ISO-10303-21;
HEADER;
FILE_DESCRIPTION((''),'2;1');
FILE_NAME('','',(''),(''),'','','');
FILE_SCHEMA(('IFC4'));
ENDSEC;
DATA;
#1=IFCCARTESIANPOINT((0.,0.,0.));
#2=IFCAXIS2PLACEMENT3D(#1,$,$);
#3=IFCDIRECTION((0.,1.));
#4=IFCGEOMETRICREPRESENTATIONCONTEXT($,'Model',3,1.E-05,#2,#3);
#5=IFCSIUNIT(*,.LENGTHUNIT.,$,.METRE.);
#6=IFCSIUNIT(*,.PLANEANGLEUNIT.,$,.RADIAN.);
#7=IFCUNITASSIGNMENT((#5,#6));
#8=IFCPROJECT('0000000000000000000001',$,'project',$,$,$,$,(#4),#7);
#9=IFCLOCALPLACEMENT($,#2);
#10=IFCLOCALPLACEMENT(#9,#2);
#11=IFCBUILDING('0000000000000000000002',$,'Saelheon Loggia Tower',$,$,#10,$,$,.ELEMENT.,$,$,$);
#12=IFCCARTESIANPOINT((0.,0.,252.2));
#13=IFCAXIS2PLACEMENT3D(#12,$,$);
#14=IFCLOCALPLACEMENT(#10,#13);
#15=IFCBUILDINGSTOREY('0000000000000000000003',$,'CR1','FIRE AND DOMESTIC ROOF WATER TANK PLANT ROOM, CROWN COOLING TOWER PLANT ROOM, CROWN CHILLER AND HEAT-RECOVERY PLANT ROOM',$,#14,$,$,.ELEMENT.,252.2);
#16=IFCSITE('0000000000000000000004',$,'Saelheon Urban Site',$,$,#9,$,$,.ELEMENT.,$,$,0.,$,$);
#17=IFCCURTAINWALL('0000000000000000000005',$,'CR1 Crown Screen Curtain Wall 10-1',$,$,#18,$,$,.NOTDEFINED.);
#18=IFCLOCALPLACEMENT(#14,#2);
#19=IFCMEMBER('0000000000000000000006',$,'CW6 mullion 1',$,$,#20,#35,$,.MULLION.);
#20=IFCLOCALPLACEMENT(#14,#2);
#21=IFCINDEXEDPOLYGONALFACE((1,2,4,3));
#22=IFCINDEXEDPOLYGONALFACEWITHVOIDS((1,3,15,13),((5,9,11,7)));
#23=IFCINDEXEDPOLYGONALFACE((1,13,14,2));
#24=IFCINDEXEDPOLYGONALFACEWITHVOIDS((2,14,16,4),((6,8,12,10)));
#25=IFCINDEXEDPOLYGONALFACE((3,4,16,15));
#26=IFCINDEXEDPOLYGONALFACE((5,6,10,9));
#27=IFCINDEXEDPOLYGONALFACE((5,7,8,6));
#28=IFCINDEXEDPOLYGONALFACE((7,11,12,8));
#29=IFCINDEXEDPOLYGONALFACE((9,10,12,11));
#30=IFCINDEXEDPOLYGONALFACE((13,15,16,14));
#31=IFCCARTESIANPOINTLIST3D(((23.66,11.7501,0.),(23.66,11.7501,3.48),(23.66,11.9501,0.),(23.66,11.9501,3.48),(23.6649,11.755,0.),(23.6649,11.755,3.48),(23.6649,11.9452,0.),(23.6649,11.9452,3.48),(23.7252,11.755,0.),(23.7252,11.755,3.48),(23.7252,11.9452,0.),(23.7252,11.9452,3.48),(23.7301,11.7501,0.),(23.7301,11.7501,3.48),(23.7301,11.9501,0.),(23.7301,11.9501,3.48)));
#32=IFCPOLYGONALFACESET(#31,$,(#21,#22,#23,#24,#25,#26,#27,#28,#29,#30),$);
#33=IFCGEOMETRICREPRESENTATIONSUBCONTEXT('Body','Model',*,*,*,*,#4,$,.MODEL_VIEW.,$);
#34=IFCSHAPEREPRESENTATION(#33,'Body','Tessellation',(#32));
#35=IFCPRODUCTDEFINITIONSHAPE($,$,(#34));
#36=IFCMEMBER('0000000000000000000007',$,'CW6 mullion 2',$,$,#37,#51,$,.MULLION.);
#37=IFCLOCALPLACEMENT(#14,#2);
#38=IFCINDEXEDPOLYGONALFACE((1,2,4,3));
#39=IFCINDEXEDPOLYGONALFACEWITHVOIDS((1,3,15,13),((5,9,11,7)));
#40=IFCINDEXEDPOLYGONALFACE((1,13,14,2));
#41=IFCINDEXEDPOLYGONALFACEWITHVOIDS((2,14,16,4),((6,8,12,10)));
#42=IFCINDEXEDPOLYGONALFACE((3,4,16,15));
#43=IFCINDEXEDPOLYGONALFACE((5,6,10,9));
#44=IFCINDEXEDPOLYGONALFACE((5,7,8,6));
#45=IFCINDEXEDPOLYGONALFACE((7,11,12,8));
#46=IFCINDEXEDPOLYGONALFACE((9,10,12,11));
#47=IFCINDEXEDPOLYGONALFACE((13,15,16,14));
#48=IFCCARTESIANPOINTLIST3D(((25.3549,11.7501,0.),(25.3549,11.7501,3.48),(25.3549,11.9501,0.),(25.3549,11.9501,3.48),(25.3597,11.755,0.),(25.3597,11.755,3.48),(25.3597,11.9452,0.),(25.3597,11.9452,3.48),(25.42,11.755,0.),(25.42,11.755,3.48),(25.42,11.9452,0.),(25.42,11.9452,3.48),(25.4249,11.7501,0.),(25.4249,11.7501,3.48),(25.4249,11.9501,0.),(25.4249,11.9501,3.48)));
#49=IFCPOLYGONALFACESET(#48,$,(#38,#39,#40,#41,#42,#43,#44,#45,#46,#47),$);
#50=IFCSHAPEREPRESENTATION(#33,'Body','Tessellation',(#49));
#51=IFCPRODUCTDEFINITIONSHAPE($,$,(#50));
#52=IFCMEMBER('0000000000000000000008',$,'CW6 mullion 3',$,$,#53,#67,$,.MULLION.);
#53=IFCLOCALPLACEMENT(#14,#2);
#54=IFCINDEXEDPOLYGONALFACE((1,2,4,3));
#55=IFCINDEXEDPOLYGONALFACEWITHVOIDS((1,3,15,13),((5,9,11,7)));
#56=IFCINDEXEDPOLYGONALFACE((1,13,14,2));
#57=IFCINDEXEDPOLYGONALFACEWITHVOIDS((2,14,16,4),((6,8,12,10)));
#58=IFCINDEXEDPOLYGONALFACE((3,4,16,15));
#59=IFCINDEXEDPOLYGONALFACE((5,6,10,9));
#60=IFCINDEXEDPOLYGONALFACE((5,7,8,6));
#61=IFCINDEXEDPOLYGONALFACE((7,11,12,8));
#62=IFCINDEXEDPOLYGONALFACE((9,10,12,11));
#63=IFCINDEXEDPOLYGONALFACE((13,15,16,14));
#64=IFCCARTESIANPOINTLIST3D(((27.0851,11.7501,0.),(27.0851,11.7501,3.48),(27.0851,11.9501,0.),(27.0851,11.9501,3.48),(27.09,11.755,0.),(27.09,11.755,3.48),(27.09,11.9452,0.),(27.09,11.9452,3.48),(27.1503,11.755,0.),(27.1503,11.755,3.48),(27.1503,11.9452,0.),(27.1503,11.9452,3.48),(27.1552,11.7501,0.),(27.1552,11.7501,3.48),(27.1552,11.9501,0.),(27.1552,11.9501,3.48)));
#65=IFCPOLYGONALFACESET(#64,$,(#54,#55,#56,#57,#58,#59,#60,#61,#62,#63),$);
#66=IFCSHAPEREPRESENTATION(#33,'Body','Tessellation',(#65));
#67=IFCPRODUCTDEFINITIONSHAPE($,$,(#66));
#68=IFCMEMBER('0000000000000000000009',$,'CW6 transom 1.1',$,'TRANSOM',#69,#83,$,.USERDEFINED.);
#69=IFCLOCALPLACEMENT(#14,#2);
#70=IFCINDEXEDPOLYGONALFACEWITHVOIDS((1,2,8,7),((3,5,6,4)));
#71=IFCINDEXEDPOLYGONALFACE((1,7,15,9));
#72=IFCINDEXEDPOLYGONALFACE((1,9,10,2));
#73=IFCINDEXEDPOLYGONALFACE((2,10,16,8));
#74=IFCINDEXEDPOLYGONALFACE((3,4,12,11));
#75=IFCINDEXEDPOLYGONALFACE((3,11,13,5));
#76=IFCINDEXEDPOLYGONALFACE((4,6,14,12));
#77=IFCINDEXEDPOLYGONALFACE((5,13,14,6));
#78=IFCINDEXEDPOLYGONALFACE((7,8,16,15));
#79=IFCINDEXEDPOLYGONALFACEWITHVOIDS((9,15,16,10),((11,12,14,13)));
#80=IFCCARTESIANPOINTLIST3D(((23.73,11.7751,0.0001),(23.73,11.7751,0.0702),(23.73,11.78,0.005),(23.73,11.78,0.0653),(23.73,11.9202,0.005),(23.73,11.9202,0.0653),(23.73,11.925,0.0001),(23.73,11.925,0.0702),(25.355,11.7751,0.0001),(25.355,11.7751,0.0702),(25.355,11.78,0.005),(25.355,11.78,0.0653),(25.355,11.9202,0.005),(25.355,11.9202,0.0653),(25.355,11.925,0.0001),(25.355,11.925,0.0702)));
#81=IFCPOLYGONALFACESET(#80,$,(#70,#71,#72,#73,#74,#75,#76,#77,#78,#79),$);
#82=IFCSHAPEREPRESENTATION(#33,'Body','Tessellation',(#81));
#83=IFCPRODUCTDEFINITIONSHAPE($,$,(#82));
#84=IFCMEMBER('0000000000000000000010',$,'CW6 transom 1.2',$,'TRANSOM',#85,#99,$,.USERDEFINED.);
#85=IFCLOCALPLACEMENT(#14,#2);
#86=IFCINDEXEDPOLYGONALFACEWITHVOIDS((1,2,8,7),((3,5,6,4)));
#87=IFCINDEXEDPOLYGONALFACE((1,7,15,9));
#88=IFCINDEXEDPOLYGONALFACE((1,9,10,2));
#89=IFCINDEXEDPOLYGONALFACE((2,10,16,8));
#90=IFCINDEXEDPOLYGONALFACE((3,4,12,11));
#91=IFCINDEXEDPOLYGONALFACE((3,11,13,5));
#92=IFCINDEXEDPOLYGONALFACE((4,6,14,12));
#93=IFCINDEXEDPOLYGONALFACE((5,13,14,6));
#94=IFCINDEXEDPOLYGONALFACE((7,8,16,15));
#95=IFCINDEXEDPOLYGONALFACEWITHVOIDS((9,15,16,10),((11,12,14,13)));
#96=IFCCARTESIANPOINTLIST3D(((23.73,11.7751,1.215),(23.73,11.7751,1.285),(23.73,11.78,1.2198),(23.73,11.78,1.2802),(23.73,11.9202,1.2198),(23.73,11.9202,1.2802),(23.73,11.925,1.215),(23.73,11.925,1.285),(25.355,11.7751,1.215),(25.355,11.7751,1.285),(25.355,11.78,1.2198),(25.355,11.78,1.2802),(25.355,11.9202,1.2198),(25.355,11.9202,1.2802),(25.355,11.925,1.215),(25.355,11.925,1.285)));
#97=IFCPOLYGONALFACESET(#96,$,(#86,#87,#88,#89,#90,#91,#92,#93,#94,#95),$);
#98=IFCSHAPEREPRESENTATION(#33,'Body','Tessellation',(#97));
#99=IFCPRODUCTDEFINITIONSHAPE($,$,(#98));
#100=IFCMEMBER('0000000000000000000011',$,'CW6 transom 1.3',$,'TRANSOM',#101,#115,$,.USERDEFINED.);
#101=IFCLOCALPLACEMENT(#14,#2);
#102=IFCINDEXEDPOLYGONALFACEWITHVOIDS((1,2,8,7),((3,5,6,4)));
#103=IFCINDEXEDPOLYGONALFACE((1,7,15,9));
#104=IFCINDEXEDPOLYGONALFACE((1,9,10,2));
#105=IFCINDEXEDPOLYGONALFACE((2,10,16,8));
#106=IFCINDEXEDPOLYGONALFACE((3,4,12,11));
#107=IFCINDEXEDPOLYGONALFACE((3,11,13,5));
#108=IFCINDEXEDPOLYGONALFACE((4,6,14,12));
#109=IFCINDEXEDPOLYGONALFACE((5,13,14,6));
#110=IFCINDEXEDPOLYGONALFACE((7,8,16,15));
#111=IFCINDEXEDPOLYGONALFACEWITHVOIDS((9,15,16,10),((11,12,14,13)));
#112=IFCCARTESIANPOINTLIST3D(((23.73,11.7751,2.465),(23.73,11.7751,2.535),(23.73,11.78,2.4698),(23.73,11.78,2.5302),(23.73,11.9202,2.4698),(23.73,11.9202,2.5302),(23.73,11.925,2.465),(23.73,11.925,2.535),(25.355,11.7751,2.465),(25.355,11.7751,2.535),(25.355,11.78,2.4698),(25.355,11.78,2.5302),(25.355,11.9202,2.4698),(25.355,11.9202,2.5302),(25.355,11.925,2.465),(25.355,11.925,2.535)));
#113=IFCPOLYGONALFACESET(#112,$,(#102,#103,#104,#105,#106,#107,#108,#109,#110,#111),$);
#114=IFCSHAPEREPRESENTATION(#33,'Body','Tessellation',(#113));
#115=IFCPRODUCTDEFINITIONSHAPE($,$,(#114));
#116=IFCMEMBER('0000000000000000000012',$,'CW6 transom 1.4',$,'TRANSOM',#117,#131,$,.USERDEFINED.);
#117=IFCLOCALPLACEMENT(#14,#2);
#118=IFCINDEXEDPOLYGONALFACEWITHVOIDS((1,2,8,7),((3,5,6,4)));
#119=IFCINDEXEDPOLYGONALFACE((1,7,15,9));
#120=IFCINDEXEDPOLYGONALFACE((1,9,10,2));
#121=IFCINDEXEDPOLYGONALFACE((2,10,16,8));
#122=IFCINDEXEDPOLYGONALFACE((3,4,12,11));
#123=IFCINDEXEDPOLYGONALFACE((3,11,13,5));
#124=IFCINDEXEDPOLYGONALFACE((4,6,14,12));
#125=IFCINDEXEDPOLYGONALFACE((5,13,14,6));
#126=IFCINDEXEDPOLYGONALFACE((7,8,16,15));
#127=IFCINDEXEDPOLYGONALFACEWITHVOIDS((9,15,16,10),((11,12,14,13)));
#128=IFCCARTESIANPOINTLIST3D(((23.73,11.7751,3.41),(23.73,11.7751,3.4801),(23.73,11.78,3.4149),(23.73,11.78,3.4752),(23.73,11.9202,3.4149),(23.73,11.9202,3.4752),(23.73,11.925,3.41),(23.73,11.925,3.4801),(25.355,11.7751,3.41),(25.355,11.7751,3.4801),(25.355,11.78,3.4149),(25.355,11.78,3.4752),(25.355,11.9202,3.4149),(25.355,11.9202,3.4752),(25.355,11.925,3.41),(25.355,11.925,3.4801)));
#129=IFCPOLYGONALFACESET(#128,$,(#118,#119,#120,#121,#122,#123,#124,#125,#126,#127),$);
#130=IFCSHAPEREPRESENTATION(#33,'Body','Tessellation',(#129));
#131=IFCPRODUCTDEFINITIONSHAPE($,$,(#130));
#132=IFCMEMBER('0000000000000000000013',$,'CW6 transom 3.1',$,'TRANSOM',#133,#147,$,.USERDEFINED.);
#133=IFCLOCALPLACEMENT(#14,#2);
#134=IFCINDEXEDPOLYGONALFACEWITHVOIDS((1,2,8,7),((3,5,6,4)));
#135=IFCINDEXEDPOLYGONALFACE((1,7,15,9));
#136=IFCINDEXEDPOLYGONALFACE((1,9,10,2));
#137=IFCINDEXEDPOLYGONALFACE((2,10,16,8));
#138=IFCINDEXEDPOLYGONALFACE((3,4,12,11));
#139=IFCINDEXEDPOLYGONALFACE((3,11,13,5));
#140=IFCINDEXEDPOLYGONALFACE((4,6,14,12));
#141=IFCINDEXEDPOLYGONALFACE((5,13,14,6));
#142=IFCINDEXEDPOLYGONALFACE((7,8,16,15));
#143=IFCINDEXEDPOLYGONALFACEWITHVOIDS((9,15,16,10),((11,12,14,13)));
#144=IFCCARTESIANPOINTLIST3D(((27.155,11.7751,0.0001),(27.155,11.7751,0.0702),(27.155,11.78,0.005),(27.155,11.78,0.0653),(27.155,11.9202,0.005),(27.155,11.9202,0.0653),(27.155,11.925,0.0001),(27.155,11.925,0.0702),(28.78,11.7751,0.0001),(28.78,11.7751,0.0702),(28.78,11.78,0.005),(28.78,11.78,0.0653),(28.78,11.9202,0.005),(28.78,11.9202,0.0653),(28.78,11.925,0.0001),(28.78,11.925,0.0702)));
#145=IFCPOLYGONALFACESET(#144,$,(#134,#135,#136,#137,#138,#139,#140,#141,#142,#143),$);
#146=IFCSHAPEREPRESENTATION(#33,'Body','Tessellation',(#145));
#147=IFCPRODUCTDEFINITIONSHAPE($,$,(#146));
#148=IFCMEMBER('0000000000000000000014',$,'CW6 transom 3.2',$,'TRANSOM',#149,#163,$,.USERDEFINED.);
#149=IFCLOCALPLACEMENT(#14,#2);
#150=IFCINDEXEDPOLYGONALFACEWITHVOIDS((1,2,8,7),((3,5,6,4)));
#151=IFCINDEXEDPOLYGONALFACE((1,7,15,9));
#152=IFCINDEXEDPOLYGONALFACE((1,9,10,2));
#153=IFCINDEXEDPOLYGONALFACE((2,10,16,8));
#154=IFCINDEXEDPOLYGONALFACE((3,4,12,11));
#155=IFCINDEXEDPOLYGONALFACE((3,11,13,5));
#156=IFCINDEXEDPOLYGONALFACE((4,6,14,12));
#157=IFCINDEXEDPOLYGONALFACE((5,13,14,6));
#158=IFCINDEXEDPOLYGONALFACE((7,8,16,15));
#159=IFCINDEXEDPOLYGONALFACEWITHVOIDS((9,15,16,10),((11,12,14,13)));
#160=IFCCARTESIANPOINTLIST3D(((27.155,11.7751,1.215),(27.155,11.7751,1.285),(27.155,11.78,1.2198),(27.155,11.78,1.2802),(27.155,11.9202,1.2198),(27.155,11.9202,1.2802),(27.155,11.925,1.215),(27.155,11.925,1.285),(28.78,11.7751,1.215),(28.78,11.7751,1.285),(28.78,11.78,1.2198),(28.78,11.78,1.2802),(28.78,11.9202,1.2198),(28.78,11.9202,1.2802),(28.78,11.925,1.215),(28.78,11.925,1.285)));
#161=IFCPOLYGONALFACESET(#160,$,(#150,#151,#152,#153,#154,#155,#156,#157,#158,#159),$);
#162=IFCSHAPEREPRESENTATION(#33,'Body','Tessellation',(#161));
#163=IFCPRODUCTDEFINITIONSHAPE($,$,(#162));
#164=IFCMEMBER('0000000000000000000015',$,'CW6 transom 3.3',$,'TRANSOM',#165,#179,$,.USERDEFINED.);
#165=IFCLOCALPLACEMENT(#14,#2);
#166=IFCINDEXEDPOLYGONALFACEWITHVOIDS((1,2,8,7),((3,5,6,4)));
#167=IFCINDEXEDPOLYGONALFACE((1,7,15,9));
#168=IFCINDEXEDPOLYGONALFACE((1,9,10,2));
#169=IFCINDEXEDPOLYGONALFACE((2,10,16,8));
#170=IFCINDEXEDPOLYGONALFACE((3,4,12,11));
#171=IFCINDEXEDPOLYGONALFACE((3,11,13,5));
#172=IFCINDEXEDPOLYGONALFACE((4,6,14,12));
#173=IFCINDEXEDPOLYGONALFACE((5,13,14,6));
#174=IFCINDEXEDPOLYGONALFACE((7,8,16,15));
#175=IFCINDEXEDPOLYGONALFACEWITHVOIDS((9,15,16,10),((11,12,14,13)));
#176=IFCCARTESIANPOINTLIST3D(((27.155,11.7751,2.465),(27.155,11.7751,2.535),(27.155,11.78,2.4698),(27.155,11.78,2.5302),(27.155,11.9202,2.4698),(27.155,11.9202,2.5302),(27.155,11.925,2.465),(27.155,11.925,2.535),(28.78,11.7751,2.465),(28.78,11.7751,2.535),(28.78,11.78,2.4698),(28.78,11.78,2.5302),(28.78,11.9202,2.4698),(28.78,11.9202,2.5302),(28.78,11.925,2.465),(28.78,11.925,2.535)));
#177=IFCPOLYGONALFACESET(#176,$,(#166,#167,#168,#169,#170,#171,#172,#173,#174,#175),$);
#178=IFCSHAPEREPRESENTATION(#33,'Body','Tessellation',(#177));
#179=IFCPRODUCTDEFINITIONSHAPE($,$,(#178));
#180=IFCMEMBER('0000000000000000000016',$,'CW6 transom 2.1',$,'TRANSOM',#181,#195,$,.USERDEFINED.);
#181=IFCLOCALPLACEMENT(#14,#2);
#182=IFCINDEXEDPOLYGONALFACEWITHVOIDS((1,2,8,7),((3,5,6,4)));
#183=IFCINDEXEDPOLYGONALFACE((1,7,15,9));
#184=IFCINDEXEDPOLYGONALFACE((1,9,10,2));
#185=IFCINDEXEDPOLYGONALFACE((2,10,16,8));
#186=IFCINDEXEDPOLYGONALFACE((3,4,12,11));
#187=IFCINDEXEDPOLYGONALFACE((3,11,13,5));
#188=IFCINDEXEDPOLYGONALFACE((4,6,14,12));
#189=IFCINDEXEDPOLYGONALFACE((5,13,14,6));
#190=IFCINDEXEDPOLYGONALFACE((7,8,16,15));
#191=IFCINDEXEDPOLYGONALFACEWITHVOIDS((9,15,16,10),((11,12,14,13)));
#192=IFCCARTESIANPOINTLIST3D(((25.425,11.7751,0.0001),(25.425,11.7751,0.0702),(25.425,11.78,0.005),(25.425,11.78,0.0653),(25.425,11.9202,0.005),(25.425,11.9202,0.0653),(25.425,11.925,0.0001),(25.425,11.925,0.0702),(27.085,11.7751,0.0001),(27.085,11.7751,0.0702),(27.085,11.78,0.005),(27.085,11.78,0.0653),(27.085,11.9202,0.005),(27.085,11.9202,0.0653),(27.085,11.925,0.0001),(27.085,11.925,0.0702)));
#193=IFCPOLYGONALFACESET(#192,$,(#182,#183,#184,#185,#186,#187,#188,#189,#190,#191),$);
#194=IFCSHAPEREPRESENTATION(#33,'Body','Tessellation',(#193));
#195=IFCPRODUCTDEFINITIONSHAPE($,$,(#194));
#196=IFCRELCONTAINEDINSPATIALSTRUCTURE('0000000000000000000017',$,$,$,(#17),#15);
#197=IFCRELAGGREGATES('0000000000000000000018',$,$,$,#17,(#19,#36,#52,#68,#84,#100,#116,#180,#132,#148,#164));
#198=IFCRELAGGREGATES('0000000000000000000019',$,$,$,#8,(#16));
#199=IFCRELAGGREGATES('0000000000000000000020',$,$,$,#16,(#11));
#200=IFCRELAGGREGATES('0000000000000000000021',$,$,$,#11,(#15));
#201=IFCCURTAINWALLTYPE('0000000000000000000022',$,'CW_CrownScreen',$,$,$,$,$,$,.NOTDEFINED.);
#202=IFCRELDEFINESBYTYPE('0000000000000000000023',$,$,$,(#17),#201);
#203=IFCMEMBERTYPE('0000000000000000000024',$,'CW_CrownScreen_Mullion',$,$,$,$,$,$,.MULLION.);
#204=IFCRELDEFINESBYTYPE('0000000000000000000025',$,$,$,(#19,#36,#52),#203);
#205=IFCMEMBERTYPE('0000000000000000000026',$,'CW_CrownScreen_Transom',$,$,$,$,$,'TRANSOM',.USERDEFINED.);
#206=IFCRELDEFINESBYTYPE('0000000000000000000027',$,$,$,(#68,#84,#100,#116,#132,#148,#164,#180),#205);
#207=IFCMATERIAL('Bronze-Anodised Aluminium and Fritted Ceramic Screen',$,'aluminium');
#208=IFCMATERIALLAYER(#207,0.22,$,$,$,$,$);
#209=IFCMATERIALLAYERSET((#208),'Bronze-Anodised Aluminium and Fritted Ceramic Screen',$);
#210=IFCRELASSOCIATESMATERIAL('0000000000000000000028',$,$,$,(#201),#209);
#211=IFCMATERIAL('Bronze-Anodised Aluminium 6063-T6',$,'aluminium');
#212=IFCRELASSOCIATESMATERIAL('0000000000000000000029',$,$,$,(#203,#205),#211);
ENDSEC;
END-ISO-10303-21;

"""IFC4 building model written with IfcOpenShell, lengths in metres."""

from ifc_helpers import new_model, si_unit, direction, frame, origin, origin_2d, place, context, subcontext, project, spatial, hollow_rectangle, extrude, source, transform, mapped, material, layer, layer_set, material_profile, profile_set, type_object, element, aggregate, save


model = new_model("IFC4")

# Units and contexts
model_context = context("Model", 3, precision=1e-05, world=origin(), true_north=direction((0.0, 1.0)))
body_context = subcontext(model_context, "Body", "Model", "MODEL_VIEW")
ifc_project = project(units=[si_unit("LENGTHUNIT", "METRE"), si_unit("PLANEANGLEUNIT", "RADIAN")], contexts=[model_context])

# Site, building, storey
site_placement = place(None, origin())
site = spatial("IfcSite", under=ifc_project, at=site_placement, Name="Saelheon Urban Site", CompositionType="ELEMENT", RefElevation=0.0)
building_placement = place(site_placement, origin())
building = spatial("IfcBuilding", under=site, at=building_placement, Name="Saelheon Loggia Tower", CompositionType="ELEMENT")
storey_placement = place(building_placement, frame((0.0, 0.0, 252.2)))
storey = spatial("IfcBuildingStorey", under=building, at=storey_placement, Name="CR1", Description="FIRE AND DOMESTIC ROOF WATER TANK PLANT ROOM, CROWN COOLING TOWER PLANT ROOM, CROWN CHILLER AND HEAT-RECOVERY PLANT ROOM", CompositionType="ELEMENT", Elevation=252.2)

# Curtain wall, members
ifc_material_1 = material(Name="Bronze-Anodised Aluminium and Fritted Ceramic Screen", Category="aluminium")
ifc_layer_1 = layer(ifc_material_1, 0.22)
ifc_layer_set_1 = layer_set([ifc_layer_1], Name="Bronze-Anodised Aluminium and Fritted Ceramic Screen")
curtain_wall_type = type_object("IfcCurtainWallType", Name="CW_CrownScreen", PredefinedType="NOTDEFINED", material=ifc_layer_set_1)
curtain_wall_placement = place(storey_placement, origin())
curtain_wall = element("IfcCurtainWall", 1, at=curtain_wall_placement, inside=storey, type_object=curtain_wall_type, Name="CR1 Crown Screen Curtain Wall 10-1", PredefinedType="NOTDEFINED")
ifc_material_2 = material(Name="Bronze-Anodised Aluminium 6063-T6", Category="aluminium")
ifc_material_profile_1 = material_profile(ifc_material_2, hollow_rectangle(XDim=0.0701, YDim=0.2, WallThickness=0.0049, at=origin_2d()), Name="RHS-200x70x5")
ifc_profile_set_1 = profile_set([ifc_material_profile_1], Name="Bronze-Anodised Aluminium 6063-T6")
member_type_1 = type_object("IfcMemberType", Name="CW_CrownScreen_Mullion", PredefinedType="MULLION", material=ifc_profile_set_1)
shared_shape_1 = source(origin(), body_context, "Body", "SweptSolid", [
    extrude(hollow_rectangle(XDim=0.0701, YDim=0.2, WallThickness=0.0049, at=origin_2d()), origin(), (0.0, 0.0, 1.0), 3.48),
])
member_1_placement = place(storey_placement, frame((23.6951, 11.8501, 0.0), z_axis=(0.0, 0.0, 1.0), x_axis=(1.0, 0.0, 0.0)))
member_1 = element("IfcMember", 2, at=member_1_placement, type_object=member_type_1, Name="CW6 mullion 1", PredefinedType="MULLION", context=body_context, shape_type="MappedRepresentation", body=[
    mapped(shared_shape_1, transform((0.0, 0.0, 0.0), scale=1.0)),
])
member_2_placement = place(storey_placement, frame((25.3899, 11.8501, 0.0), z_axis=(0.0, 0.0, 1.0), x_axis=(1.0, 0.0, 0.0)))
member_2 = element("IfcMember", 3, at=member_2_placement, type_object=member_type_1, Name="CW6 mullion 2", PredefinedType="MULLION", context=body_context, shape_type="MappedRepresentation", body=[
    mapped(shared_shape_1, transform((0.0, 0.0, 0.0), scale=1.0)),
])
member_3_placement = place(storey_placement, frame((27.1201, 11.8501, 0.0), z_axis=(0.0, 0.0, 1.0), x_axis=(1.0, 0.0, 0.0)))
member_3 = element("IfcMember", 4, at=member_3_placement, type_object=member_type_1, Name="CW6 mullion 3", PredefinedType="MULLION", context=body_context, shape_type="MappedRepresentation", body=[
    mapped(shared_shape_1, transform((0.0, 0.0, 0.0), scale=1.0)),
])
ifc_material_profile_2 = material_profile(ifc_material_2, hollow_rectangle(XDim=0.0701, YDim=0.1499, WallThickness=0.0049, at=origin_2d()), Name="RHS-150x70x5")
ifc_profile_set_2 = profile_set([ifc_material_profile_2], Name="Bronze-Anodised Aluminium 6063-T6")
member_type_2 = type_object("IfcMemberType", Name="CW_CrownScreen_Transom", ElementType="TRANSOM", PredefinedType="USERDEFINED", material=ifc_profile_set_2)
shared_shape_2 = source(origin(), body_context, "Body", "SweptSolid", [
    extrude(hollow_rectangle(XDim=0.0701, YDim=0.1499, WallThickness=0.0049, at=origin_2d()), origin(), (0.0, 0.0, 1.0), 1.625),
])
member_4_placement = place(storey_placement, frame((23.73, 11.8501, 0.0352), z_axis=(1.0, 0.0, 0.0), x_axis=(0.0, 0.0, 1.0)))
member_4 = element("IfcMember", 5, at=member_4_placement, type_object=member_type_2, Name="CW6 transom 1.1", ObjectType="TRANSOM", PredefinedType="USERDEFINED", context=body_context, shape_type="MappedRepresentation", body=[
    mapped(shared_shape_2, transform((0.0, 0.0, 0.0), scale=1.0)),
])
member_5_placement = place(storey_placement, frame((23.73, 11.8501, 1.25), z_axis=(1.0, 0.0, 0.0), x_axis=(0.0, 0.0, 1.0)))
member_5 = element("IfcMember", 6, at=member_5_placement, type_object=member_type_2, Name="CW6 transom 1.2", ObjectType="TRANSOM", PredefinedType="USERDEFINED", context=body_context, shape_type="MappedRepresentation", body=[
    mapped(shared_shape_2, transform((0.0, 0.0, 0.0), scale=1.0)),
])
member_6_placement = place(storey_placement, frame((23.73, 11.8501, 2.5), z_axis=(1.0, 0.0, 0.0), x_axis=(0.0, 0.0, 1.0)))
member_6 = element("IfcMember", 7, at=member_6_placement, type_object=member_type_2, Name="CW6 transom 1.3", ObjectType="TRANSOM", PredefinedType="USERDEFINED", context=body_context, shape_type="MappedRepresentation", body=[
    mapped(shared_shape_2, transform((0.0, 0.0, 0.0), scale=1.0)),
])
member_7_placement = place(storey_placement, frame((23.73, 11.8501, 3.4451), z_axis=(1.0, 0.0, 0.0), x_axis=(0.0, 0.0, 1.0)))
member_7 = element("IfcMember", 8, at=member_7_placement, type_object=member_type_2, Name="CW6 transom 1.4", ObjectType="TRANSOM", PredefinedType="USERDEFINED", context=body_context, shape_type="MappedRepresentation", body=[
    mapped(shared_shape_2, transform((0.0, 0.0, 0.0), scale=1.0)),
])
member_8_placement = place(storey_placement, frame((27.155, 11.8501, 0.0352), z_axis=(1.0, 0.0, 0.0), x_axis=(0.0, 0.0, 1.0)))
member_8 = element("IfcMember", 9, at=member_8_placement, type_object=member_type_2, Name="CW6 transom 3.1", ObjectType="TRANSOM", PredefinedType="USERDEFINED", context=body_context, shape_type="MappedRepresentation", body=[
    mapped(shared_shape_2, transform((0.0, 0.0, 0.0), scale=1.0)),
])
member_9_placement = place(storey_placement, frame((27.155, 11.8501, 1.25), z_axis=(1.0, 0.0, 0.0), x_axis=(0.0, 0.0, 1.0)))
member_9 = element("IfcMember", 10, at=member_9_placement, type_object=member_type_2, Name="CW6 transom 3.2", ObjectType="TRANSOM", PredefinedType="USERDEFINED", context=body_context, shape_type="MappedRepresentation", body=[
    mapped(shared_shape_2, transform((0.0, 0.0, 0.0), scale=1.0)),
])
member_10_placement = place(storey_placement, frame((27.155, 11.8501, 2.5), z_axis=(1.0, 0.0, 0.0), x_axis=(0.0, 0.0, 1.0)))
member_10 = element("IfcMember", 11, at=member_10_placement, type_object=member_type_2, Name="CW6 transom 3.3", ObjectType="TRANSOM", PredefinedType="USERDEFINED", context=body_context, shape_type="MappedRepresentation", body=[
    mapped(shared_shape_2, transform((0.0, 0.0, 0.0), scale=1.0)),
])
shared_shape_3 = source(origin(), body_context, "Body", "SweptSolid", [
    extrude(hollow_rectangle(XDim=0.0701, YDim=0.1499, WallThickness=0.0049, at=origin_2d()), origin(), (0.0, 0.0, 1.0), 1.6599),
])
member_11_placement = place(storey_placement, frame((25.425, 11.8501, 0.0352), z_axis=(1.0, 0.0, 0.0), x_axis=(0.0, 0.0, 1.0)))
member_11 = element("IfcMember", 12, at=member_11_placement, type_object=member_type_2, Name="CW6 transom 2.1", ObjectType="TRANSOM", PredefinedType="USERDEFINED", context=body_context, shape_type="MappedRepresentation", body=[
    mapped(shared_shape_3, transform((0.0, 0.0, 0.0), scale=1.0)),
])
aggregate(curtain_wall, [member_1, member_2, member_3, member_4, member_5, member_6, member_7, member_11, member_8, member_9, member_10])

save(model, "model.ifc")
